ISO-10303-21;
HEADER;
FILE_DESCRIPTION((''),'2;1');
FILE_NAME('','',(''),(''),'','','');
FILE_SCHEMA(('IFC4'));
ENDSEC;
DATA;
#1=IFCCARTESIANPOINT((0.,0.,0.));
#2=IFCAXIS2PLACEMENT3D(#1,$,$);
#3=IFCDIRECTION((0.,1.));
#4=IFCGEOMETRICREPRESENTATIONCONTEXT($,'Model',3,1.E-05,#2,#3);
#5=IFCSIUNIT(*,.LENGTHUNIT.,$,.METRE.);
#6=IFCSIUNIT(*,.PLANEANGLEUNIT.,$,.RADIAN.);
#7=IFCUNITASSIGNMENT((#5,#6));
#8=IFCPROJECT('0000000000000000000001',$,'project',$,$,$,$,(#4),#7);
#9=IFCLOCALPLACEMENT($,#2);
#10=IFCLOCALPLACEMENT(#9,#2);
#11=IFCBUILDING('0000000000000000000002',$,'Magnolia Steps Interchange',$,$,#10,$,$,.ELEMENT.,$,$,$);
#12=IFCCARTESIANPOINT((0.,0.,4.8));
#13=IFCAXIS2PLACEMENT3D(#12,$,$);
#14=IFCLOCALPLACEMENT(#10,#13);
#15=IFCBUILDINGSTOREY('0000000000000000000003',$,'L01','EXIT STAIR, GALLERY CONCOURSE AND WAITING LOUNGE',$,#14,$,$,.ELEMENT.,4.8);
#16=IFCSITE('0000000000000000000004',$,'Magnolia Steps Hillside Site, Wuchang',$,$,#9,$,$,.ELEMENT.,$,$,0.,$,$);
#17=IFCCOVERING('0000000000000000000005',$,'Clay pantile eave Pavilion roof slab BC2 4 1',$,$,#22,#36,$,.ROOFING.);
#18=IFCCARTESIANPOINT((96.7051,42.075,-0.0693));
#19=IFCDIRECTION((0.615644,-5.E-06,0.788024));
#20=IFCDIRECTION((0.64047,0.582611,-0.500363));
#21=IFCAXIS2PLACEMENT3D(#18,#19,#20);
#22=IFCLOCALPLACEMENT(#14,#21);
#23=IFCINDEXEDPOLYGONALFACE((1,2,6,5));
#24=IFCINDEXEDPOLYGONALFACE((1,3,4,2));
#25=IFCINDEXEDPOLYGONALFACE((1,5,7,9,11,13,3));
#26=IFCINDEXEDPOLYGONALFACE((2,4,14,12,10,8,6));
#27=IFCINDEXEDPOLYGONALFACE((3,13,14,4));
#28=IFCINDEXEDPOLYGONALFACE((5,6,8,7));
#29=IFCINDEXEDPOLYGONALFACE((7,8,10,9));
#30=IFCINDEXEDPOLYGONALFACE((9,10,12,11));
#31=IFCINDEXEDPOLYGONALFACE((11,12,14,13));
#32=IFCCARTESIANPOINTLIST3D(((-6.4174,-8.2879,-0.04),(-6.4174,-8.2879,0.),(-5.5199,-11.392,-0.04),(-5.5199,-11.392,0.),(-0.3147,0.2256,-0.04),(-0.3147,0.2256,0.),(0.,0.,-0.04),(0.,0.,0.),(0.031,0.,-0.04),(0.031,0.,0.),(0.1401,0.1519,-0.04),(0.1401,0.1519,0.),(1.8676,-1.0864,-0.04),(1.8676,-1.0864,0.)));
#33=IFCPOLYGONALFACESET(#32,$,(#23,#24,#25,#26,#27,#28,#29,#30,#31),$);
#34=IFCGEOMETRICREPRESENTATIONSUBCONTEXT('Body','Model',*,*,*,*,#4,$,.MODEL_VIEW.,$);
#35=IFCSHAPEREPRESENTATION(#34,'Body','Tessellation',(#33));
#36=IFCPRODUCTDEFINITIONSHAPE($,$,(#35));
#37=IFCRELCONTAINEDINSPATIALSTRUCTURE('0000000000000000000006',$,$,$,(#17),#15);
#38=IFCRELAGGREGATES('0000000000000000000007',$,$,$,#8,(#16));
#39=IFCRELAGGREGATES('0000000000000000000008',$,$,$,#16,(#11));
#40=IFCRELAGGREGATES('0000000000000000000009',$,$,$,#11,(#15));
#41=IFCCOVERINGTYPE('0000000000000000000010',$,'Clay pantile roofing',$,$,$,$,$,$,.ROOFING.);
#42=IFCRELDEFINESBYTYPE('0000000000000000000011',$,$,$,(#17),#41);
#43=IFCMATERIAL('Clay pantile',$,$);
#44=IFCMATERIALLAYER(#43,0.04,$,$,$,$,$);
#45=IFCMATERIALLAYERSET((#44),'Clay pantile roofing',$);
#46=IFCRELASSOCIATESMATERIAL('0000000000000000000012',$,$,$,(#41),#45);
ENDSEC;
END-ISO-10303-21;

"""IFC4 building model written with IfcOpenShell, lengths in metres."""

from ifc_helpers import new_model, si_unit, direction, frame, origin, place, context, subcontext, project, spatial, polyline, outline, extrude, material, layer, layer_set, type_object, element, save


model = new_model("IFC4")

# Units and contexts
model_context = context("Model", 3, precision=1e-05, world=origin(), true_north=direction((0.0, 1.0)))
body_context = subcontext(model_context, "Body", "Model", "MODEL_VIEW")
ifc_project = project(units=[si_unit("LENGTHUNIT", "METRE"), si_unit("PLANEANGLEUNIT", "RADIAN")], contexts=[model_context])

# Site, building, storey
site_placement = place(None, origin())
site = spatial("IfcSite", under=ifc_project, at=site_placement, Name="Magnolia Steps Hillside Site, Wuchang", CompositionType="ELEMENT", RefElevation=0.0)
building_placement = place(site_placement, origin())
building = spatial("IfcBuilding", under=site, at=building_placement, Name="Magnolia Steps Interchange", CompositionType="ELEMENT")
storey_placement = place(building_placement, frame((0.0, 0.0, 4.8)))
storey = spatial("IfcBuildingStorey", under=building, at=storey_placement, Name="L01", Description="EXIT STAIR, GALLERY CONCOURSE AND WAITING LOUNGE", CompositionType="ELEMENT", Elevation=4.8)

# Covering
ifc_material_1 = material(Name="Clay pantile")
ifc_layer_1 = layer(ifc_material_1, 0.04)
ifc_layer_set_1 = layer_set([ifc_layer_1], Name="Clay pantile roofing")
covering_type = type_object("IfcCoveringType", Name="Clay pantile roofing", PredefinedType="ROOFING", material=ifc_layer_set_1)
covering_placement = place(storey_placement, frame((96.7051, 42.075, -0.0693), z_axis=(0.615644, -0.000005, 0.788024), x_axis=(0.64047, 0.582611, -0.500363)))
element("IfcCovering", 1, at=covering_placement, inside=storey, type_object=covering_type, Name="Clay pantile eave Pavilion roof slab BC2 4 1", PredefinedType="ROOFING", context=body_context, shape_type="SweptSolid", body=[
    extrude(outline(polyline([(0.0, 0.0), (0.031, 0.0), (0.1401, 0.1519), (1.8676, -1.0864), (-5.5199, -11.392), (-6.4174, -8.2879), (-0.3147, 0.2256), (0.0, 0.0)])), origin(), (0.0, 0.0, -1.0), 0.04),
])

save(model, "model.ifc")
